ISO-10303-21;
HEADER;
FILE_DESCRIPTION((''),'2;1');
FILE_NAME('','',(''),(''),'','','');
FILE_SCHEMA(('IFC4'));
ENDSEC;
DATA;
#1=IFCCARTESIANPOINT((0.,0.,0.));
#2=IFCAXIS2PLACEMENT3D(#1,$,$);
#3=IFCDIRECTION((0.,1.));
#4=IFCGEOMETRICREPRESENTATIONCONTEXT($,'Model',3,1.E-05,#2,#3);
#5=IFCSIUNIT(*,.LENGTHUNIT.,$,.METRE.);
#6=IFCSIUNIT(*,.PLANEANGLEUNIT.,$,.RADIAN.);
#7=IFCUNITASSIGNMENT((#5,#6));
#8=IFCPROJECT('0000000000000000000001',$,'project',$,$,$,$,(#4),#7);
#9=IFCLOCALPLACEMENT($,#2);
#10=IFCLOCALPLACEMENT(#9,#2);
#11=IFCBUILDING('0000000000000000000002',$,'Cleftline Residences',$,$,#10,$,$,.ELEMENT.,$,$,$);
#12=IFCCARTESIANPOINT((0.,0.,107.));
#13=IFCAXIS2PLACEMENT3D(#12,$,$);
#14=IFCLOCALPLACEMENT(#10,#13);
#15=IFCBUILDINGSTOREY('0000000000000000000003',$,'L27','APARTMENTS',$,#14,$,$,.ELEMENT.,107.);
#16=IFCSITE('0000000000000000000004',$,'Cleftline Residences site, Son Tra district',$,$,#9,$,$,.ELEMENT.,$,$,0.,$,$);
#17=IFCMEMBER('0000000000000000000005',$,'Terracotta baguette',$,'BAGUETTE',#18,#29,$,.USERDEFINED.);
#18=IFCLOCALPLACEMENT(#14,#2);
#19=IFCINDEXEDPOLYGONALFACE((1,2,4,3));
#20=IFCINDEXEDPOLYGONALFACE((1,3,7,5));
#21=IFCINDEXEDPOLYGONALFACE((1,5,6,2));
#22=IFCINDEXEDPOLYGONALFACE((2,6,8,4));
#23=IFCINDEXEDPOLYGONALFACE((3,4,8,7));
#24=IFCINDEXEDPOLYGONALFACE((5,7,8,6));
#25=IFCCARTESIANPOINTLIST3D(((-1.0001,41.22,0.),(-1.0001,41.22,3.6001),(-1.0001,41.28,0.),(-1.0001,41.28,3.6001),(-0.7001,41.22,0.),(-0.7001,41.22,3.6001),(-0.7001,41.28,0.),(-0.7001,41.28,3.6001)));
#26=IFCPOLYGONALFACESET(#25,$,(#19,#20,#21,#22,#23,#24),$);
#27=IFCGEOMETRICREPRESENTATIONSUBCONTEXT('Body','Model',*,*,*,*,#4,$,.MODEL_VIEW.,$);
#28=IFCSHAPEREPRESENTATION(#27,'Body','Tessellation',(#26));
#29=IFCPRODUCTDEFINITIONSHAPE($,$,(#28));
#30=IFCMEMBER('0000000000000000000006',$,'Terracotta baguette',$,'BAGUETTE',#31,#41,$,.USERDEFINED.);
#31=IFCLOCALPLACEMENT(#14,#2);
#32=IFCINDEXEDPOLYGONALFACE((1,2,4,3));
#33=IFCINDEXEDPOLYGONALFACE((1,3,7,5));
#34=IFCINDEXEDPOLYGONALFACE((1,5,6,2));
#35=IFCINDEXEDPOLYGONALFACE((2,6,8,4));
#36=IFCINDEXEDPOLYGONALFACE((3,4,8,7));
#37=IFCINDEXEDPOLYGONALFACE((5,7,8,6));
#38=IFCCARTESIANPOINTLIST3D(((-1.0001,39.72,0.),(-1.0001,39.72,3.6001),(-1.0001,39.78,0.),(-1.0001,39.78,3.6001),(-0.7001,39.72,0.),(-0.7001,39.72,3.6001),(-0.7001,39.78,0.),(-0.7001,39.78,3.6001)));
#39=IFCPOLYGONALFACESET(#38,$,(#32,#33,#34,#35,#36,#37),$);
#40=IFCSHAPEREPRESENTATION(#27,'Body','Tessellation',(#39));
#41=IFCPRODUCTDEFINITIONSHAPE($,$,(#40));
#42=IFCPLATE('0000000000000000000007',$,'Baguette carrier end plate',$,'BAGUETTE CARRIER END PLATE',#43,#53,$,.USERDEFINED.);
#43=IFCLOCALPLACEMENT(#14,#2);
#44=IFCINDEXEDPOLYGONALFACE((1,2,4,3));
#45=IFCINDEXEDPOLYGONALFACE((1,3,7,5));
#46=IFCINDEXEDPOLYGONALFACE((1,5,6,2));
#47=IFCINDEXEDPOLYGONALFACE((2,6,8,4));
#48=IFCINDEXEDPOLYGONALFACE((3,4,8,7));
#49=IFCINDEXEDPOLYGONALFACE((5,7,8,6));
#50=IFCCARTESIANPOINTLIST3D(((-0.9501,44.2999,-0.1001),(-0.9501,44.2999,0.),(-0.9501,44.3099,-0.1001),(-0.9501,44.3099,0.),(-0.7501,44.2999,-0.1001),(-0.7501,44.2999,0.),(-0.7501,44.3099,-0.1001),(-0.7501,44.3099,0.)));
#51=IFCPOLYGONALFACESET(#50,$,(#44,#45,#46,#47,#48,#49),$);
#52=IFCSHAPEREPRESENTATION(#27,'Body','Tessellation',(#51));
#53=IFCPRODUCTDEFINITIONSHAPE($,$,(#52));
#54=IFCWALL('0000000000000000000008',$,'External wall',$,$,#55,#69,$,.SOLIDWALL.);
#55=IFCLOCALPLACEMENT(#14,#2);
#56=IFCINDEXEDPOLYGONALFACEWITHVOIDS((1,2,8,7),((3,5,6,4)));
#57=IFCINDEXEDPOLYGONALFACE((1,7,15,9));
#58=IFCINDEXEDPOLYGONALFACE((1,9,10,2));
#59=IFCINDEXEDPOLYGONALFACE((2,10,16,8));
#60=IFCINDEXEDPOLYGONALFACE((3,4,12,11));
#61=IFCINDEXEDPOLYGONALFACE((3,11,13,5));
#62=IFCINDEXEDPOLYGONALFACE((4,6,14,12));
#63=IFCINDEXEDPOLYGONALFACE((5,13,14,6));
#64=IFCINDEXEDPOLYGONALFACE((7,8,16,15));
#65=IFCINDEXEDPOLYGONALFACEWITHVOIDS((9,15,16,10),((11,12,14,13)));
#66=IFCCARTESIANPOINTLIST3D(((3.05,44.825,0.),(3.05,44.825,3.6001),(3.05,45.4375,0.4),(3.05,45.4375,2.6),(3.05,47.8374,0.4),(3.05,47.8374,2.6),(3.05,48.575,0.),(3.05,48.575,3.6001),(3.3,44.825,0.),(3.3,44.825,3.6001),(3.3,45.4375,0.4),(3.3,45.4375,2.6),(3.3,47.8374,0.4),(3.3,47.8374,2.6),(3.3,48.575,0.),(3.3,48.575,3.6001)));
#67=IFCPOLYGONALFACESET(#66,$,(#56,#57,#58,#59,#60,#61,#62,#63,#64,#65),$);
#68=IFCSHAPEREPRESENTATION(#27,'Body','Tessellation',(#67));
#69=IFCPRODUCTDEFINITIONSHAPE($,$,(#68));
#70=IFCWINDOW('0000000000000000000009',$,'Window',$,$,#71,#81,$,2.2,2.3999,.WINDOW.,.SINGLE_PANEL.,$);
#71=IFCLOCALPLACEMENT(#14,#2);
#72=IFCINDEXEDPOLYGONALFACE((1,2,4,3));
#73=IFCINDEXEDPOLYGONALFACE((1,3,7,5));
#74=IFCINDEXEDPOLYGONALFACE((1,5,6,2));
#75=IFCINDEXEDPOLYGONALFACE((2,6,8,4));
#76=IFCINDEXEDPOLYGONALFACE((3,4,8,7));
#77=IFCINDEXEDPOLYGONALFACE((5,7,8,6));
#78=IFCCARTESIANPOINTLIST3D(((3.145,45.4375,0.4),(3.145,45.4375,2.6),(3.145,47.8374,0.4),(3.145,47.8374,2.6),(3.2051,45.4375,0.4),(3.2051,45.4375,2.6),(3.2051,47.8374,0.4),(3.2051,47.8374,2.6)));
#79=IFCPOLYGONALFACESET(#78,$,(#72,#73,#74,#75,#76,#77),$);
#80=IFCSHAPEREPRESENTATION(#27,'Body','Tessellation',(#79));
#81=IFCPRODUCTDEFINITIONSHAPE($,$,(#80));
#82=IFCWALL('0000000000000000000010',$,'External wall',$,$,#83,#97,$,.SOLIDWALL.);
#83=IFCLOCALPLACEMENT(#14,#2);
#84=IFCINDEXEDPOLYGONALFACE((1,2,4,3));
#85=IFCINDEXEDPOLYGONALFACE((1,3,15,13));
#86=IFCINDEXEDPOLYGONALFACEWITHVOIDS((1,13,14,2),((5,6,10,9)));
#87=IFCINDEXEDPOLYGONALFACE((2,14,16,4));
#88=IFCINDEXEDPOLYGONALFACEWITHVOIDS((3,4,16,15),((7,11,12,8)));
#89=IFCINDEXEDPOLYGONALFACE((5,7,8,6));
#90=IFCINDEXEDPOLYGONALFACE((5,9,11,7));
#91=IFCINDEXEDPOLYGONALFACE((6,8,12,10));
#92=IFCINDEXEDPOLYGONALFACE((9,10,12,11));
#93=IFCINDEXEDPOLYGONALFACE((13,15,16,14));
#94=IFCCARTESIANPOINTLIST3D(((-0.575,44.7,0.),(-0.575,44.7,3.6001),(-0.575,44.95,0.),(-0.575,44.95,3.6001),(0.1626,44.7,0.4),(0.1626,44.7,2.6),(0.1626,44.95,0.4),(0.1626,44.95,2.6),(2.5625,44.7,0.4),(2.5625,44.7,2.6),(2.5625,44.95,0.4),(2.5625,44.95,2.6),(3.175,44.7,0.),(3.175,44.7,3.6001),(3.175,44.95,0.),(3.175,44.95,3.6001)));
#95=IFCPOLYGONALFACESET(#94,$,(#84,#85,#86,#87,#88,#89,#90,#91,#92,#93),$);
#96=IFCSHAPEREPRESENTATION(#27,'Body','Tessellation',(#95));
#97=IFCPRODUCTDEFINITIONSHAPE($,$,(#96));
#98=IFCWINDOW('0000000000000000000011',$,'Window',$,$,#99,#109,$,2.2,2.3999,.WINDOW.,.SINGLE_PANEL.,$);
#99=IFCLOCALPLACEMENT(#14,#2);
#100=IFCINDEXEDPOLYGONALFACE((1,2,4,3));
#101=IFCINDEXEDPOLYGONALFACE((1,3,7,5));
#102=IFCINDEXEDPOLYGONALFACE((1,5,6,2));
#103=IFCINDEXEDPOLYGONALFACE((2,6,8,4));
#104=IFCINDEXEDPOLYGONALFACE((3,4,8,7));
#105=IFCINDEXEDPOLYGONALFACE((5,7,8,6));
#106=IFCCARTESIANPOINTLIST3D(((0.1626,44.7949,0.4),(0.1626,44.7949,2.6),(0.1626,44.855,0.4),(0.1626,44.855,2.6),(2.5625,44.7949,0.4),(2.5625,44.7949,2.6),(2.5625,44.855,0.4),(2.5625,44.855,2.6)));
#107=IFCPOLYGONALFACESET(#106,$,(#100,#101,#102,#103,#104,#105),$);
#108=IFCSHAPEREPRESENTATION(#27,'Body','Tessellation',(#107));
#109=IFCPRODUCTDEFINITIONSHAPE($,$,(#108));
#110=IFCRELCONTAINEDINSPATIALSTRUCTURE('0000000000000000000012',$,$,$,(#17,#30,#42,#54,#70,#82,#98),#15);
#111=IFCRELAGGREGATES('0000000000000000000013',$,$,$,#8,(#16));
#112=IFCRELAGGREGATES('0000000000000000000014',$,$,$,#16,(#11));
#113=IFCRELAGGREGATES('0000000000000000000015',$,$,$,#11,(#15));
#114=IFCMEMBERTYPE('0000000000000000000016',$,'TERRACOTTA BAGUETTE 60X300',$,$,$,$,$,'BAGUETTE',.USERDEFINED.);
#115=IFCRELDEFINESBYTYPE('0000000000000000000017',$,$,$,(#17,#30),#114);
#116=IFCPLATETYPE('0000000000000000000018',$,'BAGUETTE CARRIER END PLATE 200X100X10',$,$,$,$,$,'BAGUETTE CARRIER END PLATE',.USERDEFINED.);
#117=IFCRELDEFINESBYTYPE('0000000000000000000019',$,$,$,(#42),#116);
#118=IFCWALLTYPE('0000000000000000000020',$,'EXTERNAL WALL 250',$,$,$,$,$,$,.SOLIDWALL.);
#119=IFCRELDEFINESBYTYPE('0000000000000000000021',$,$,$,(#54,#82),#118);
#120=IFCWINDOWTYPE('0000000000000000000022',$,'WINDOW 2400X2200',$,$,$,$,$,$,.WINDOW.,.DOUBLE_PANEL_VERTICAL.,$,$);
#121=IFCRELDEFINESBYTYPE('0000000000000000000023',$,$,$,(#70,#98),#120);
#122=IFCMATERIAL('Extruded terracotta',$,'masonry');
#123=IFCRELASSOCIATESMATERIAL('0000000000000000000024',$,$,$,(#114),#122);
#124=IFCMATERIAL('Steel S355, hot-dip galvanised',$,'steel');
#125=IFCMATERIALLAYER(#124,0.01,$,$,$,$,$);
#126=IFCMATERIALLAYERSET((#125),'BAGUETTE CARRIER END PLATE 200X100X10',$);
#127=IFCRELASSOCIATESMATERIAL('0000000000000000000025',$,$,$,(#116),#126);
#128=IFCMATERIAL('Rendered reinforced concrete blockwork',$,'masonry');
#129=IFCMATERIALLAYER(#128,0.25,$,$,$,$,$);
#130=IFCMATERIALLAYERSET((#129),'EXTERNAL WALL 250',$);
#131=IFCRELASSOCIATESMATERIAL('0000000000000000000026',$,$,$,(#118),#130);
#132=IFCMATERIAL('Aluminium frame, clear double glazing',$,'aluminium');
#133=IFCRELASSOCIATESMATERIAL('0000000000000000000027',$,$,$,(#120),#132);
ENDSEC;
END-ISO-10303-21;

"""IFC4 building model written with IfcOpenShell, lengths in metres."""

from ifc_helpers import new_model, si_unit, direction, frame, frame_2d, origin, origin_2d, place, context, subcontext, project, spatial, rectangle, extrude, material, layer, layer_set, material_profile, profile_set, type_object, element, fill, save


model = new_model("IFC4")

# Units and contexts
model_context = context("Model", 3, precision=1e-05, world=origin(), true_north=direction((0.0, 1.0)))
body_context = subcontext(model_context, "Body", "Model", "MODEL_VIEW")
ifc_project = project(units=[si_unit("LENGTHUNIT", "METRE"), si_unit("PLANEANGLEUNIT", "RADIAN")], contexts=[model_context])

# Site, building, storey
site_placement = place(None, origin())
site = spatial("IfcSite", under=ifc_project, at=site_placement, Name="Cleftline Residences site, Son Tra district", CompositionType="ELEMENT", RefElevation=0.0)
building_placement = place(site_placement, origin())
building = spatial("IfcBuilding", under=site, at=building_placement, Name="Cleftline Residences", CompositionType="ELEMENT")
storey_placement = place(building_placement, frame((0.0, 0.0, 107.0)))
storey = spatial("IfcBuildingStorey", under=building, at=storey_placement, Name="L27", Description="APARTMENTS", CompositionType="ELEMENT", Elevation=107.0)

# Members
ifc_material_1 = material(Name="Extruded terracotta", Category="masonry")
ifc_material_profile_1 = material_profile(ifc_material_1, rectangle(XDim=0.0601, YDim=0.3, at=origin_2d()))
ifc_profile_set_1 = profile_set([ifc_material_profile_1], Name="Extruded terracotta")
member_type_1 = type_object("IfcMemberType", Name="TERRACOTTA BAGUETTE 60X300", ElementType="BAGUETTE", PredefinedType="USERDEFINED", material=ifc_profile_set_1)
for number, where, z_axis, x_axis, name in (
    (1, (-0.8501, 41.25, 0.0), (0.0, 0.0, 1.0), (0.0, 1.0, 0.0), "Terracotta baguette"),
    (2, (-0.8501, 39.75, 0.0), (0.0, 0.0, 1.0), (0.0, 1.0, 0.0), "Terracotta baguette"),
):
    element("IfcMember", number, at=place(storey_placement, frame(where, z_axis=z_axis, x_axis=x_axis)), inside=storey, type_object=member_type_1, Name=name, ObjectType="BAGUETTE", PredefinedType="USERDEFINED", context=body_context, shape_type="SweptSolid", body=[
        extrude(rectangle(XDim=0.0601, YDim=0.3, at=origin_2d()), origin(), (0.0, 0.0, 1.0), 3.6001),
    ])

# Plate
ifc_material_2 = material(Name="Steel S355, hot-dip galvanised", Category="steel")
ifc_layer_1 = layer(ifc_material_2, 0.01)
ifc_layer_set_1 = layer_set([ifc_layer_1], Name="BAGUETTE CARRIER END PLATE 200X100X10")
plate_type = type_object("IfcPlateType", Name="BAGUETTE CARRIER END PLATE 200X100X10", ElementType="BAGUETTE CARRIER END PLATE", PredefinedType="USERDEFINED", material=ifc_layer_set_1)
plate_placement = place(storey_placement, frame((-0.8501, 44.3049, -0.1001), z_axis=(0.0, 0.0, 1.0), x_axis=(-1.0, 0.0, 0.0)))
element("IfcPlate", 3, at=plate_placement, inside=storey, type_object=plate_type, Name="Baguette carrier end plate", ObjectType="BAGUETTE CARRIER END PLATE", PredefinedType="USERDEFINED", context=body_context, shape_type="SweptSolid", body=[
    extrude(rectangle(XDim=0.2, YDim=0.01, at=origin_2d()), origin(), (0.0, 0.0, 1.0), 0.1001),
])

# Walls, openings, windows
ifc_material_3 = material(Name="Rendered reinforced concrete blockwork", Category="masonry")
ifc_layer_2 = layer(ifc_material_3, 0.25)
ifc_layer_set_2 = layer_set([ifc_layer_2], Name="EXTERNAL WALL 250")
wall_type_1 = type_object("IfcWallType", Name="EXTERNAL WALL 250", PredefinedType="SOLIDWALL", material=ifc_layer_set_2)
wall_1_placement = place(storey_placement, frame((3.175, 48.575, 0.0), z_axis=(0.0, 0.0, 1.0), x_axis=(0.0, -1.0, 0.0)))
wall_1 = element("IfcWall", 4, at=wall_1_placement, inside=storey, type_object=wall_type_1, Name="External wall", PredefinedType="SOLIDWALL", context=body_context, shape_type="SweptSolid", body=[
    extrude(rectangle(XDim=3.75, YDim=0.25, at=frame_2d((1.875, 0.0))), origin(), (0.0, 0.0, 1.0), 3.6001),
])
opening_1_placement = place(wall_1_placement, frame((0.7375, 0.0, 0.3999)))
opening_1 = element("IfcOpeningElement", 5, at=opening_1_placement, cuts=wall_1, PredefinedType="OPENING", context=body_context, shape_type="SweptSolid", body=[
    extrude(rectangle(XDim=2.3999, YDim=2.2, at=frame_2d((1.2, 1.1001))), frame((0.0, 0.135, 0.0), z_axis=(0.0, -1.0, 0.0), x_axis=(1.0, 0.0, 0.0)), (0.0, 0.0, 1.0), 0.27),
])
ifc_material_4 = material(Name="Aluminium frame, clear double glazing", Category="aluminium")
window_type_1 = type_object("IfcWindowType", Name="WINDOW 2400X2200", PartitioningType="DOUBLE_PANEL_VERTICAL", PredefinedType="WINDOW", material=ifc_material_4)
window_1_placement = place(opening_1_placement, origin())
window_1 = element("IfcWindow", 6, at=window_1_placement, inside=storey, type_object=window_type_1, Name="Window", OverallHeight=2.2, OverallWidth=2.3999, PartitioningType="SINGLE_PANEL", PredefinedType="WINDOW", context=body_context, shape_type="SweptSolid", body=[
    extrude(rectangle(XDim=2.3999, YDim=2.2, at=frame_2d((1.2, 1.1001))), frame((0.0, 0.03, 0.0), z_axis=(0.0, -1.0, 0.0), x_axis=(1.0, 0.0, 0.0)), (0.0, 0.0, 1.0), 0.0601),
])
fill(opening_1, window_1)
wall_2_placement = place(storey_placement, frame((3.175, 44.825, 0.0), z_axis=(0.0, 0.0, 1.0), x_axis=(-1.0, 0.0, 0.0)))
wall_2 = element("IfcWall", 7, at=wall_2_placement, inside=storey, type_object=wall_type_1, Name="External wall", PredefinedType="SOLIDWALL", context=body_context, shape_type="SweptSolid", body=[
    extrude(rectangle(XDim=3.75, YDim=0.25, at=frame_2d((1.875, 0.0))), origin(), (0.0, 0.0, 1.0), 3.6001),
])
opening_2_placement = place(wall_2_placement, frame((0.6125, 0.0, 0.3999)))
opening_2 = element("IfcOpeningElement", 8, at=opening_2_placement, cuts=wall_2, PredefinedType="OPENING", context=body_context, shape_type="SweptSolid", body=[
    extrude(rectangle(XDim=2.3999, YDim=2.2, at=frame_2d((1.2, 1.1001))), frame((0.0, 0.135, 0.0), z_axis=(0.0, -1.0, 0.0), x_axis=(1.0, 0.0, 0.0)), (0.0, 0.0, 1.0), 0.27),
])
window_2_placement = place(opening_2_placement, origin())
window_2 = element("IfcWindow", 9, at=window_2_placement, inside=storey, type_object=window_type_1, Name="Window", OverallHeight=2.2, OverallWidth=2.3999, PartitioningType="SINGLE_PANEL", PredefinedType="WINDOW", context=body_context, shape_type="SweptSolid", body=[
    extrude(rectangle(XDim=2.3999, YDim=2.2, at=frame_2d((1.2, 1.1001))), frame((0.0, 0.03, 0.0), z_axis=(0.0, -1.0, 0.0), x_axis=(1.0, 0.0, 0.0)), (0.0, 0.0, 1.0), 0.0601),
])
fill(opening_2, window_2)

save(model, "model.ifc")
